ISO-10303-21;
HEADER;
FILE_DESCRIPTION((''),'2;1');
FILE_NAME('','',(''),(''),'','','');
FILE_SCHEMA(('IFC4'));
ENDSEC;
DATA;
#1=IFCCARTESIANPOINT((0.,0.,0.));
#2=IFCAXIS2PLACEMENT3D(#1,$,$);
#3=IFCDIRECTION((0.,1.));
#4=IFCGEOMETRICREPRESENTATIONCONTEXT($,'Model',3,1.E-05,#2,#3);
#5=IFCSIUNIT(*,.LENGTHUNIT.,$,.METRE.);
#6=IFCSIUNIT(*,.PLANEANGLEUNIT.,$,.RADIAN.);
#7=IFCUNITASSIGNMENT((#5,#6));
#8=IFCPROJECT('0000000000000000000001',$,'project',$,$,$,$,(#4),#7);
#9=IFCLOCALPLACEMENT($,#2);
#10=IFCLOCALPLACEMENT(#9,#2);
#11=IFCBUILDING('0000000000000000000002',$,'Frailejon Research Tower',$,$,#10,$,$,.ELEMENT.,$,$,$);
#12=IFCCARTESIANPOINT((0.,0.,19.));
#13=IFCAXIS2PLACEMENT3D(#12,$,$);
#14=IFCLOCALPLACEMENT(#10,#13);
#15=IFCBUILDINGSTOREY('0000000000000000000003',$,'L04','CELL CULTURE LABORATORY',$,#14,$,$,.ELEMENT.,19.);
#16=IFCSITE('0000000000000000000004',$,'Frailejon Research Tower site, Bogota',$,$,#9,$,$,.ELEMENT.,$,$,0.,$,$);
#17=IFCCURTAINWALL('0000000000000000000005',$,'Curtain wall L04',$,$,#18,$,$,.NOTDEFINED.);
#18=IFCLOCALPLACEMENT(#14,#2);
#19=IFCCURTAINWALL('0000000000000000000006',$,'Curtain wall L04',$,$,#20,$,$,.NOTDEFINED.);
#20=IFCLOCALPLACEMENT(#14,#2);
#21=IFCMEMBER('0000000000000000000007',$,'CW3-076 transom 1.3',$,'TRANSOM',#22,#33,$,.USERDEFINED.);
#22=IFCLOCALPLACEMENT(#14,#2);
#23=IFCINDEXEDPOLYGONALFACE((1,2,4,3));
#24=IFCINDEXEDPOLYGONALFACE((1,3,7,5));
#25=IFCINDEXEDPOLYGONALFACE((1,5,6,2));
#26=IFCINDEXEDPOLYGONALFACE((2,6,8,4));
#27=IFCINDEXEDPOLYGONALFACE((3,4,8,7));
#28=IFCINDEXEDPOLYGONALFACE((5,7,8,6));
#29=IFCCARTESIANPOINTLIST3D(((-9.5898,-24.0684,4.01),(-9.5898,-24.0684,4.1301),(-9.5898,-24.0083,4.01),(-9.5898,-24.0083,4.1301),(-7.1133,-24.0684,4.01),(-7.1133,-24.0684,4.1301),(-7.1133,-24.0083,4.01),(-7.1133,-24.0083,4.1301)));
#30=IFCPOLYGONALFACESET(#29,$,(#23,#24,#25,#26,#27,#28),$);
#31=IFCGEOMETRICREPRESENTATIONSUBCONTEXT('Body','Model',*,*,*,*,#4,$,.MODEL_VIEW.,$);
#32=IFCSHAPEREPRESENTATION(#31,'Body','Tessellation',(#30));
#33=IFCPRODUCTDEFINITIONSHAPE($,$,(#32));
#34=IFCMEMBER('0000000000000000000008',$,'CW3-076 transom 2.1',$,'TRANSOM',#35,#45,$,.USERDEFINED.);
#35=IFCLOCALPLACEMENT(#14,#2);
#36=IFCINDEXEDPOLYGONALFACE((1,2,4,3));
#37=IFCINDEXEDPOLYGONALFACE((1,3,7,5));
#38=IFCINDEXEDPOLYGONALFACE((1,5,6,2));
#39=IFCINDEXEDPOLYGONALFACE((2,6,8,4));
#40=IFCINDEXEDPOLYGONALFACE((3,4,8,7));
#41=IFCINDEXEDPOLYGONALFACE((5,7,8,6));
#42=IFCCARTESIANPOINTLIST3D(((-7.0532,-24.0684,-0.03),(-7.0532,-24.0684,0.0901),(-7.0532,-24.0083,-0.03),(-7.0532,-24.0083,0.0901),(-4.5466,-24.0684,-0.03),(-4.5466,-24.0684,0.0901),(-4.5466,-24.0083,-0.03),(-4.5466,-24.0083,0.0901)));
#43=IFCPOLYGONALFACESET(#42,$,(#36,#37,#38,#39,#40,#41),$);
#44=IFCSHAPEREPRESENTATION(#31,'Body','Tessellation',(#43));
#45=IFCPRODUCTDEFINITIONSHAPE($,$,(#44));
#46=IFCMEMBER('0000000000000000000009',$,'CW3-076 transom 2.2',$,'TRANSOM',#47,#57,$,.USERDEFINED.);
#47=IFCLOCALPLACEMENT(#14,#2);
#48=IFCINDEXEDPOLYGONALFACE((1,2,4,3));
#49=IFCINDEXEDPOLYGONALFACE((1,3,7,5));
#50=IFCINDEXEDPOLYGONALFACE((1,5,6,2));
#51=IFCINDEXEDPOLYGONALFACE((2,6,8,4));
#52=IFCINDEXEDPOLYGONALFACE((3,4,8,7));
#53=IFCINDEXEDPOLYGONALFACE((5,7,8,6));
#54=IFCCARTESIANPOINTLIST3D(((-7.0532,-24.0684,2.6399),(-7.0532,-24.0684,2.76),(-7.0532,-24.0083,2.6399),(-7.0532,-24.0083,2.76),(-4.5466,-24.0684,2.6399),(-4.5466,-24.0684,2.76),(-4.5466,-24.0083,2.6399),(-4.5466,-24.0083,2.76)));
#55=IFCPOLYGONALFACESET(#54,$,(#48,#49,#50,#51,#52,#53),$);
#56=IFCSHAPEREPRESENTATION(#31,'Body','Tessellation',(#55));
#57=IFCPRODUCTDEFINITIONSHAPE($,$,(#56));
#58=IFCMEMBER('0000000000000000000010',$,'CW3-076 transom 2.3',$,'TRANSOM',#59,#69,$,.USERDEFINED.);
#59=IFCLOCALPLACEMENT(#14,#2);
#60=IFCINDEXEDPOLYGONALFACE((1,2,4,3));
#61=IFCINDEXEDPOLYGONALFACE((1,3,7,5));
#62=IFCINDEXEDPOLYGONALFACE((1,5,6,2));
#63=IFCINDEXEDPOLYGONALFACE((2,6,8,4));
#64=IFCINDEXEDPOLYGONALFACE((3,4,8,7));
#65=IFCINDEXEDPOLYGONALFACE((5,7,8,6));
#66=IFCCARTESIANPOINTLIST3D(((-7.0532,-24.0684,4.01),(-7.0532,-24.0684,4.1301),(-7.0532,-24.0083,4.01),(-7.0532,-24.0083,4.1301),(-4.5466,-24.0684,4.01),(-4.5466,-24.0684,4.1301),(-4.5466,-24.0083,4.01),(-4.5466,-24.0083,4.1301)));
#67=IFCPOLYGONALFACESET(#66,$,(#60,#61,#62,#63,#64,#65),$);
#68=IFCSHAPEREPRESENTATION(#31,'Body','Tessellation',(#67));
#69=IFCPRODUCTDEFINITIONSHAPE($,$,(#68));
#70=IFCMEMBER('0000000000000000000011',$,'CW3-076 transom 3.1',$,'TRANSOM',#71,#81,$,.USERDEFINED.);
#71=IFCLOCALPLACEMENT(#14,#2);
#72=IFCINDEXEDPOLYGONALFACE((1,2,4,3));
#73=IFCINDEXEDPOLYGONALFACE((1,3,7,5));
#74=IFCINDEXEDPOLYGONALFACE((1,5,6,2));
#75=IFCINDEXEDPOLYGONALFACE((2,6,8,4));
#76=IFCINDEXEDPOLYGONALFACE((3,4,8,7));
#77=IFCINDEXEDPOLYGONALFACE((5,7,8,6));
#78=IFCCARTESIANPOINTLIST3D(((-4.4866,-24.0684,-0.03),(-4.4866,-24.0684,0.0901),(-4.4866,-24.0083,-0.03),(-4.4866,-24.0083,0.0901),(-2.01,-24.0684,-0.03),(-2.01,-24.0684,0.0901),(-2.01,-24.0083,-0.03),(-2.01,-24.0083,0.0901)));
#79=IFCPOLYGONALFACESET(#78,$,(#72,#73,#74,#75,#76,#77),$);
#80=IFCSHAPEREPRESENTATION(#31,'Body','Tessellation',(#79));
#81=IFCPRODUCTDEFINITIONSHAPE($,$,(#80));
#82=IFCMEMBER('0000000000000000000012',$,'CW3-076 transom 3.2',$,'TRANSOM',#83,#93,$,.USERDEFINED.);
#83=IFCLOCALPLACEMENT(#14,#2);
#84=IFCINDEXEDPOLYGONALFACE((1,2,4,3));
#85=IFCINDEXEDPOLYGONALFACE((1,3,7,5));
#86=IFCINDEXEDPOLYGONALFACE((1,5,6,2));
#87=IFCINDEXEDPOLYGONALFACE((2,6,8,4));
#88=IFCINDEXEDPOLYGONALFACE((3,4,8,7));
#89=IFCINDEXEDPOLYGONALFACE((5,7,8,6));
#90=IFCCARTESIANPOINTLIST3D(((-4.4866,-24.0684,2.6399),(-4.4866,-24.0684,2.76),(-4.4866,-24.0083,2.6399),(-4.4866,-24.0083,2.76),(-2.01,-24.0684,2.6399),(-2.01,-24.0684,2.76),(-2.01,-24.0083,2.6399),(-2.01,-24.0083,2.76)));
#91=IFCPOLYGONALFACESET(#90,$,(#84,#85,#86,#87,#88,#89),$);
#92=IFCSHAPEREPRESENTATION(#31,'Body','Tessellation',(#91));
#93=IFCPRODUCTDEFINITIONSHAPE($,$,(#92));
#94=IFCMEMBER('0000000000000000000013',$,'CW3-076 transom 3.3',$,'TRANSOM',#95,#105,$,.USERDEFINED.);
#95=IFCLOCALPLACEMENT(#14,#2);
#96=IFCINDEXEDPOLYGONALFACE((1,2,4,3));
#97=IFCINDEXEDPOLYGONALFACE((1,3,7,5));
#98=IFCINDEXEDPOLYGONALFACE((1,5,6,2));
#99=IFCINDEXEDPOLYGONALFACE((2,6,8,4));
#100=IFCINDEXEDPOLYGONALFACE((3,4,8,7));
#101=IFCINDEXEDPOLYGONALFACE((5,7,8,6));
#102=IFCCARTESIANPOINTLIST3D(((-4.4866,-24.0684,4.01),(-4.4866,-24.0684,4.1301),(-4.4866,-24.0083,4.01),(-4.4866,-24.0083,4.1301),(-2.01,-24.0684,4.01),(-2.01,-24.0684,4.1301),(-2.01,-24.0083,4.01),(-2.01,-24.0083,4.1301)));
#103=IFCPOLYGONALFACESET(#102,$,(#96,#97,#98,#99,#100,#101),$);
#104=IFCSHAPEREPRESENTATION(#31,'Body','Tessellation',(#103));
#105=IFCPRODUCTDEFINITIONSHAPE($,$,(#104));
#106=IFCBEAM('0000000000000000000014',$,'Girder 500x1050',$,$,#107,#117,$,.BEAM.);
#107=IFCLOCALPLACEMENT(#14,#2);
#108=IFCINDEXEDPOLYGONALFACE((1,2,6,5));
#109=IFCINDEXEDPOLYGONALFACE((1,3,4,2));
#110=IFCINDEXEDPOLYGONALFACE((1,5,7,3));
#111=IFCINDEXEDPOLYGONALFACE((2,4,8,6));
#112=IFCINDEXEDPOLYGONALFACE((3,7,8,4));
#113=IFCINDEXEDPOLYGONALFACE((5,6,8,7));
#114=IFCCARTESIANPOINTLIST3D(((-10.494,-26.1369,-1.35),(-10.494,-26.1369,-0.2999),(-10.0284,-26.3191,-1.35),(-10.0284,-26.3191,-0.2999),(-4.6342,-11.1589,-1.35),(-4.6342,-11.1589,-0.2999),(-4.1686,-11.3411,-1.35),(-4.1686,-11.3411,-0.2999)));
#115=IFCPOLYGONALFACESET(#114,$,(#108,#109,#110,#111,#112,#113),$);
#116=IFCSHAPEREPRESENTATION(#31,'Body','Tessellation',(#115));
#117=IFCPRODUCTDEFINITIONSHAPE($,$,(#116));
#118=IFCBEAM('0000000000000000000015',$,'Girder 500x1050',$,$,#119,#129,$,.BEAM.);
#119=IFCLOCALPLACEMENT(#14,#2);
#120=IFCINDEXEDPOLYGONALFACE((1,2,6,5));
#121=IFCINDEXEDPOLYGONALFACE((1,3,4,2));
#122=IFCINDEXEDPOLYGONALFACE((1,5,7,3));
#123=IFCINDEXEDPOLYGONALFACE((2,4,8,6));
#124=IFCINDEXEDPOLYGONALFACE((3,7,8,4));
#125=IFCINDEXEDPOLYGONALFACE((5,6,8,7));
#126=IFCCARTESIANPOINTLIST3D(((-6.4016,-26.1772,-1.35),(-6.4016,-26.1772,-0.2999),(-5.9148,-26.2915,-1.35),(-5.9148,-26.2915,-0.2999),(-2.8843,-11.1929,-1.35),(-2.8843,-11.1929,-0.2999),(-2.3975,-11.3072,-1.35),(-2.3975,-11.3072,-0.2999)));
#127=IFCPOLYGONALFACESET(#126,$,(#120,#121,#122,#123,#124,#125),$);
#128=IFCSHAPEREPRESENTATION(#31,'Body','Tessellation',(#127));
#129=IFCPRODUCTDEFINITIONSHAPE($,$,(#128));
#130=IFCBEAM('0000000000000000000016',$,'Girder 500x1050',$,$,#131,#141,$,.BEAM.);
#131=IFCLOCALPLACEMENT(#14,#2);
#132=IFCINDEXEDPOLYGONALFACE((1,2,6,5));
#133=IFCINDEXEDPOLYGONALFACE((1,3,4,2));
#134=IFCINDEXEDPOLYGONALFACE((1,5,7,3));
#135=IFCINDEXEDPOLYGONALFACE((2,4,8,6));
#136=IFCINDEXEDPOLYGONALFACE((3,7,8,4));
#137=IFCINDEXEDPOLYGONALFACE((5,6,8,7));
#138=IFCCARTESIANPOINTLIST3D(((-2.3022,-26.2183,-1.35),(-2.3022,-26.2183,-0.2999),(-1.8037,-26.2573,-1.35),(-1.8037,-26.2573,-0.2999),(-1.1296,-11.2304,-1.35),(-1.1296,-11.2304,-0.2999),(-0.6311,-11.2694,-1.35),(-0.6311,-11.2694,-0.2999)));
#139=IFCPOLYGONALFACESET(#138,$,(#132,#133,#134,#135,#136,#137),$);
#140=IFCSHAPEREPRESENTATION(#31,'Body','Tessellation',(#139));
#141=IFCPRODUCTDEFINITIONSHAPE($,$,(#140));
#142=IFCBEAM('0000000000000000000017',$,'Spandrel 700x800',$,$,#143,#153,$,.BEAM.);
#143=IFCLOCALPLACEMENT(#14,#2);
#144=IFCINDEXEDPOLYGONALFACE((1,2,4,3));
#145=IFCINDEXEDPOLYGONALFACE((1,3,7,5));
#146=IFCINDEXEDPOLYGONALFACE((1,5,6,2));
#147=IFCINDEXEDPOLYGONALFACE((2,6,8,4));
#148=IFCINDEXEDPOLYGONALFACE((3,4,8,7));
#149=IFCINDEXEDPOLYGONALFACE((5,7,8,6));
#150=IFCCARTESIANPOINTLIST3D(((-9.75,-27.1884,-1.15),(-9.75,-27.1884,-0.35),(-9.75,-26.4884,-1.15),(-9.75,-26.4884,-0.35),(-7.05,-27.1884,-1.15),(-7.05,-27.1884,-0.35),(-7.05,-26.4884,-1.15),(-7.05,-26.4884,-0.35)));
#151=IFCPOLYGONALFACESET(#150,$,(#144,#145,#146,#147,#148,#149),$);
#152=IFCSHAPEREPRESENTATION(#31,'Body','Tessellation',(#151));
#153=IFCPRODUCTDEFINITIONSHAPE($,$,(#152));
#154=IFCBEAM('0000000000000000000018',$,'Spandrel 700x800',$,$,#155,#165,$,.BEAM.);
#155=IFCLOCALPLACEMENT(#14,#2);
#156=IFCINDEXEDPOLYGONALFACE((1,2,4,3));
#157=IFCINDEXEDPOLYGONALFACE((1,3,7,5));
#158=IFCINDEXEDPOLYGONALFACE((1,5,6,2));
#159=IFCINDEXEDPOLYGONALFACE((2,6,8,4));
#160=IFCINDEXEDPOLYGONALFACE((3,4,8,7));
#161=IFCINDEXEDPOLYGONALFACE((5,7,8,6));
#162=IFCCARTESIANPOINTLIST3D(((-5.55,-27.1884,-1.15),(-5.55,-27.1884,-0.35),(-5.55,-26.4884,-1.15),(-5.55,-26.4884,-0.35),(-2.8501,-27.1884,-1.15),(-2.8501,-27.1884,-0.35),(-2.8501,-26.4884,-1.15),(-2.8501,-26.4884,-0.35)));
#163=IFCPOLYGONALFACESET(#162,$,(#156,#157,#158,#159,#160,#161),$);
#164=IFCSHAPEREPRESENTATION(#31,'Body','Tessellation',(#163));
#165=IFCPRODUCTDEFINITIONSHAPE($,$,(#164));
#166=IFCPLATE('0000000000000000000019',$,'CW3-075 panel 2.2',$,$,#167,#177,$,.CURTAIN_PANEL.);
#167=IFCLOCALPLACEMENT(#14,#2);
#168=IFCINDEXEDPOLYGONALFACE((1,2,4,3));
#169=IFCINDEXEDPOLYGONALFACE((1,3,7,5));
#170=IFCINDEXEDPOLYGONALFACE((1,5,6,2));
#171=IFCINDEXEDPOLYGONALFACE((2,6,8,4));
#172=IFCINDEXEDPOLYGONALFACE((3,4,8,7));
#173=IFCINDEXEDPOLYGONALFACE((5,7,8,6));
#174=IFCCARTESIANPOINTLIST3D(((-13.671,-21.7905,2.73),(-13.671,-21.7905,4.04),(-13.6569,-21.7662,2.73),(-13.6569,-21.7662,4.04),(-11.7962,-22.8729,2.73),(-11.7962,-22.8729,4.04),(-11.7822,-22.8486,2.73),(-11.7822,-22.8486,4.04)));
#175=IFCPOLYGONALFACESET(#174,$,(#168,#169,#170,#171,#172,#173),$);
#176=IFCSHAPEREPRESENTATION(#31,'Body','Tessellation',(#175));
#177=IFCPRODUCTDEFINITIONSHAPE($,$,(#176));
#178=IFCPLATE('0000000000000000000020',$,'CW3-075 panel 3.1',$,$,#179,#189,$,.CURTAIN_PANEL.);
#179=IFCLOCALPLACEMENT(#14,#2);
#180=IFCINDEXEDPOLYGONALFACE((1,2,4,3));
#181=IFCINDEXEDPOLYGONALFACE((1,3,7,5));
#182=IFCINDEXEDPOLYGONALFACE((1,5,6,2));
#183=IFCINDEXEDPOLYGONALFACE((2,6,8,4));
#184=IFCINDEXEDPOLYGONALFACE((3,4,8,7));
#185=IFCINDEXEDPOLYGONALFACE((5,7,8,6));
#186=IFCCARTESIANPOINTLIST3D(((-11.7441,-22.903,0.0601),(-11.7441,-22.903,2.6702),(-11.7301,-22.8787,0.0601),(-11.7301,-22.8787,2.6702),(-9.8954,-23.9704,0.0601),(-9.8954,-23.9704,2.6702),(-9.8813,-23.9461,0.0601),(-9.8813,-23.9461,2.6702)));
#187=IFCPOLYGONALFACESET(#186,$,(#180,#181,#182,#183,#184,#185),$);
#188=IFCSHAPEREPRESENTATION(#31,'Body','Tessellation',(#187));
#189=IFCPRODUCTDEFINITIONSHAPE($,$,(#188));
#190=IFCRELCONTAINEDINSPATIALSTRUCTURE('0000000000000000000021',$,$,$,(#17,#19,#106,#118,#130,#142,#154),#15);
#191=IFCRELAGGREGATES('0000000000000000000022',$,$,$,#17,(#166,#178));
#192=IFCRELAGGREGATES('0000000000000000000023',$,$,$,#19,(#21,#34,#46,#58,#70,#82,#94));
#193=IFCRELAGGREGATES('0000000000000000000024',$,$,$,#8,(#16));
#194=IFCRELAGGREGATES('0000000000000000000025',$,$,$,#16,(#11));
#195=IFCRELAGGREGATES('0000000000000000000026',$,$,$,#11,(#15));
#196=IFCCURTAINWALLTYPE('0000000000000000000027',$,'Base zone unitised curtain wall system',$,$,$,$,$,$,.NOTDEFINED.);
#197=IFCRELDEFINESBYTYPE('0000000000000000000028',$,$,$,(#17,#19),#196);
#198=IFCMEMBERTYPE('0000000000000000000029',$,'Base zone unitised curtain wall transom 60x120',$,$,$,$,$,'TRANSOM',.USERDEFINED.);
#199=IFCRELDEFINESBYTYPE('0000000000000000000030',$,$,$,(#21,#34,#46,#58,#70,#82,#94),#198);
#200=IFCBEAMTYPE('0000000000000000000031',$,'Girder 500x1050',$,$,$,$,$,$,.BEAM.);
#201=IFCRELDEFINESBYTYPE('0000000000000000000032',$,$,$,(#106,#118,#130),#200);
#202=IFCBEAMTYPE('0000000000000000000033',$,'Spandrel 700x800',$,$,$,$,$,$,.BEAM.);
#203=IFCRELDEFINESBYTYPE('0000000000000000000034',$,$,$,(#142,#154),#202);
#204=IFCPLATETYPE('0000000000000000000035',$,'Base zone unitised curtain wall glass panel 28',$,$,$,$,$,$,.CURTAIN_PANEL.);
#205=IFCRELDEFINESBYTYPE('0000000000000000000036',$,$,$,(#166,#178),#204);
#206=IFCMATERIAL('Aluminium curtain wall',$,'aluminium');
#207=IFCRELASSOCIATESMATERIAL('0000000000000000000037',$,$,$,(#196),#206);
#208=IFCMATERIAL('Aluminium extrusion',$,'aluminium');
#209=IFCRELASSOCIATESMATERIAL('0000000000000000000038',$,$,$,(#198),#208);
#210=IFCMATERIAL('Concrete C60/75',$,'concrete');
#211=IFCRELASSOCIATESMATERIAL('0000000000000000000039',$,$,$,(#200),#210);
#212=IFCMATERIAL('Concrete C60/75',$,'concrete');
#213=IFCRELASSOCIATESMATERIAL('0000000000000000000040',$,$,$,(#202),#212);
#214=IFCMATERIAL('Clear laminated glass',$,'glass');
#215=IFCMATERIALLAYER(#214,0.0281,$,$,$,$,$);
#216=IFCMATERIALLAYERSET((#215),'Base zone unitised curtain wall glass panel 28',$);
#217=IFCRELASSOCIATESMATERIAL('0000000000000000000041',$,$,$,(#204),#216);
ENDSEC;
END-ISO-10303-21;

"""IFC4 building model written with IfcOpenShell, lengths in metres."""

from ifc_helpers import new_model, si_unit, direction, frame, origin, origin_2d, place, context, subcontext, project, spatial, rectangle, extrude, material, layer, layer_set, material_profile, profile_set, type_object, element, aggregate, save


model = new_model("IFC4")

# Units and contexts
model_context = context("Model", 3, precision=1e-05, world=origin(), true_north=direction((0.0, 1.0)))
body_context = subcontext(model_context, "Body", "Model", "MODEL_VIEW")
ifc_project = project(units=[si_unit("LENGTHUNIT", "METRE"), si_unit("PLANEANGLEUNIT", "RADIAN")], contexts=[model_context])

# Site, building, storey
site_placement = place(None, origin())
site = spatial("IfcSite", under=ifc_project, at=site_placement, Name="Frailejon Research Tower site, Bogota", CompositionType="ELEMENT", RefElevation=0.0)
building_placement = place(site_placement, origin())
building = spatial("IfcBuilding", under=site, at=building_placement, Name="Frailejon Research Tower", CompositionType="ELEMENT")
storey_placement = place(building_placement, frame((0.0, 0.0, 19.0)))
storey = spatial("IfcBuildingStorey", under=building, at=storey_placement, Name="L04", Description="CELL CULTURE LABORATORY", CompositionType="ELEMENT", Elevation=19.0)

# Curtain walls
ifc_material_1 = material(Name="Aluminium curtain wall", Category="aluminium")
curtain_wall_type = type_object("IfcCurtainWallType", Name="Base zone unitised curtain wall system", PredefinedType="NOTDEFINED", material=ifc_material_1)
curtain_wall_1_placement = place(storey_placement, origin())
curtain_wall_1 = element("IfcCurtainWall", 1, at=curtain_wall_1_placement, inside=storey, type_object=curtain_wall_type, Name="Curtain wall L04", PredefinedType="NOTDEFINED")
curtain_wall_2_placement = place(storey_placement, origin())
curtain_wall_2 = element("IfcCurtainWall", 2, at=curtain_wall_2_placement, inside=storey, type_object=curtain_wall_type, Name="Curtain wall L04", PredefinedType="NOTDEFINED")

# Members
ifc_material_2 = material(Name="Aluminium extrusion", Category="aluminium")
ifc_material_profile_1 = material_profile(ifc_material_2, rectangle(XDim=0.0601, YDim=0.1201, at=origin_2d()), Name="Base zone unitised curtain wall transom 60x120")
ifc_profile_set_1 = profile_set([ifc_material_profile_1], Name="Aluminium extrusion")
member_type_1 = type_object("IfcMemberType", Name="Base zone unitised curtain wall transom 60x120", ElementType="TRANSOM", PredefinedType="USERDEFINED", material=ifc_profile_set_1)
member_1_placement = place(storey_placement, frame((-9.5898, -24.0383, 4.0701), z_axis=(1.0, 0.0, 0.0), x_axis=(0.0, 1.0, 0.0)))
member_1 = element("IfcMember", 3, at=member_1_placement, type_object=member_type_1, Name="CW3-076 transom 1.3", ObjectType="TRANSOM", PredefinedType="USERDEFINED", context=body_context, shape_type="SweptSolid", body=[
    extrude(rectangle(XDim=0.0601, YDim=0.1201, at=origin_2d()), origin(), (0.0, 0.0, 1.0), 2.4766),
])
member_2_placement = place(storey_placement, frame((-7.0532, -24.0383, 0.03), z_axis=(1.0, 0.0, 0.0), x_axis=(0.0, 1.0, 0.0)))
member_2 = element("IfcMember", 4, at=member_2_placement, type_object=member_type_1, Name="CW3-076 transom 2.1", ObjectType="TRANSOM", PredefinedType="USERDEFINED", context=body_context, shape_type="SweptSolid", body=[
    extrude(rectangle(XDim=0.0601, YDim=0.1201, at=origin_2d()), origin(), (0.0, 0.0, 1.0), 2.5066),
])
member_3_placement = place(storey_placement, frame((-7.0532, -24.0383, 2.7), z_axis=(1.0, 0.0, 0.0), x_axis=(0.0, 1.0, 0.0)))
member_3 = element("IfcMember", 5, at=member_3_placement, type_object=member_type_1, Name="CW3-076 transom 2.2", ObjectType="TRANSOM", PredefinedType="USERDEFINED", context=body_context, shape_type="SweptSolid", body=[
    extrude(rectangle(XDim=0.0601, YDim=0.1201, at=origin_2d()), origin(), (0.0, 0.0, 1.0), 2.5066),
])
member_4_placement = place(storey_placement, frame((-7.0532, -24.0383, 4.0701), z_axis=(1.0, 0.0, 0.0), x_axis=(0.0, 1.0, 0.0)))
member_4 = element("IfcMember", 6, at=member_4_placement, type_object=member_type_1, Name="CW3-076 transom 2.3", ObjectType="TRANSOM", PredefinedType="USERDEFINED", context=body_context, shape_type="SweptSolid", body=[
    extrude(rectangle(XDim=0.0601, YDim=0.1201, at=origin_2d()), origin(), (0.0, 0.0, 1.0), 2.5066),
])
member_5_placement = place(storey_placement, frame((-4.4866, -24.0383, 0.03), z_axis=(1.0, 0.0, 0.0), x_axis=(0.0, 1.0, 0.0)))
member_5 = element("IfcMember", 7, at=member_5_placement, type_object=member_type_1, Name="CW3-076 transom 3.1", ObjectType="TRANSOM", PredefinedType="USERDEFINED", context=body_context, shape_type="SweptSolid", body=[
    extrude(rectangle(XDim=0.0601, YDim=0.1201, at=origin_2d()), origin(), (0.0, 0.0, 1.0), 2.4766),
])
member_6_placement = place(storey_placement, frame((-4.4866, -24.0383, 2.7), z_axis=(1.0, 0.0, 0.0), x_axis=(0.0, 1.0, 0.0)))
member_6 = element("IfcMember", 8, at=member_6_placement, type_object=member_type_1, Name="CW3-076 transom 3.2", ObjectType="TRANSOM", PredefinedType="USERDEFINED", context=body_context, shape_type="SweptSolid", body=[
    extrude(rectangle(XDim=0.0601, YDim=0.1201, at=origin_2d()), origin(), (0.0, 0.0, 1.0), 2.4766),
])
member_7_placement = place(storey_placement, frame((-4.4866, -24.0383, 4.0701), z_axis=(1.0, 0.0, 0.0), x_axis=(0.0, 1.0, 0.0)))
member_7 = element("IfcMember", 9, at=member_7_placement, type_object=member_type_1, Name="CW3-076 transom 3.3", ObjectType="TRANSOM", PredefinedType="USERDEFINED", context=body_context, shape_type="SweptSolid", body=[
    extrude(rectangle(XDim=0.0601, YDim=0.1201, at=origin_2d()), origin(), (0.0, 0.0, 1.0), 2.4766),
])

# Beams
ifc_material_3 = material(Name="Concrete C60/75", Category="concrete")
ifc_material_profile_2 = material_profile(ifc_material_3, rectangle(XDim=0.5, YDim=1.05, at=origin_2d()), Name="Girder 500x1050")
ifc_profile_set_2 = profile_set([ifc_material_profile_2], Name="Concrete C60/75")
beam_type_1 = type_object("IfcBeamType", Name="Girder 500x1050", PredefinedType="BEAM", material=ifc_profile_set_2)
beam_1_placement = place(storey_placement, frame((-10.2612, -26.228, -0.825), z_axis=(0.36434, 0.931266, 0.0), x_axis=(-0.931266, 0.36434, 0.0)))
element("IfcBeam", 10, at=beam_1_placement, inside=storey, type_object=beam_type_1, Name="Girder 500x1050", PredefinedType="BEAM", context=body_context, shape_type="SweptSolid", body=[
    extrude(rectangle(XDim=0.5, YDim=1.05, at=origin_2d()), origin(), (0.0, 0.0, 1.0), 16.0835),
])
beam_2_placement = place(storey_placement, frame((-6.1582, -26.2344, -0.825), z_axis=(0.228522, 0.973539, 0.0), x_axis=(-0.973539, 0.228522, 0.0)))
element("IfcBeam", 11, at=beam_2_placement, inside=storey, type_object=beam_type_1, Name="Girder 500x1050", PredefinedType="BEAM", context=body_context, shape_type="SweptSolid", body=[
    extrude(rectangle(XDim=0.5, YDim=1.05, at=origin_2d()), origin(), (0.0, 0.0, 1.0), 15.3916),
])
beam_3_placement = place(storey_placement, frame((-2.053, -26.2378, -0.825), z_axis=(0.077999, 0.996953, 0.0), x_axis=(-0.996953, 0.077999, 0.0)))
element("IfcBeam", 12, at=beam_3_placement, inside=storey, type_object=beam_type_1, Name="Girder 500x1050", PredefinedType="BEAM", context=body_context, shape_type="SweptSolid", body=[
    extrude(rectangle(XDim=0.5, YDim=1.05, at=origin_2d()), origin(), (0.0, 0.0, 1.0), 15.0337),
])
ifc_material_4 = material(Name="Concrete C60/75", Category="concrete")
ifc_material_profile_3 = material_profile(ifc_material_4, rectangle(XDim=0.7, YDim=0.8, at=origin_2d()), Name="Spandrel 700x800")
ifc_profile_set_3 = profile_set([ifc_material_profile_3], Name="Concrete C60/75")
beam_type_2 = type_object("IfcBeamType", Name="Spandrel 700x800", PredefinedType="BEAM", material=ifc_profile_set_3)
for number, where, z_axis, x_axis, name in (
    (13, (-9.75, -26.8384, -0.75), (1.0, 0.0, 0.0), (0.0, 1.0, 0.0), "Spandrel 700x800"),
    (14, (-5.55, -26.8384, -0.75), (1.0, 0.0, 0.0), (0.0, 1.0, 0.0), "Spandrel 700x800"),
):
    element("IfcBeam", number, at=place(storey_placement, frame(where, z_axis=z_axis, x_axis=x_axis)), inside=storey, type_object=beam_type_2, Name=name, PredefinedType="BEAM", context=body_context, shape_type="SweptSolid", body=[
        extrude(rectangle(XDim=0.7, YDim=0.8, at=origin_2d()), origin(), (0.0, 0.0, 1.0), 2.7),
    ])

# Plates
ifc_material_5 = material(Name="Clear laminated glass", Category="glass")
ifc_layer_1 = layer(ifc_material_5, 0.0281)
ifc_layer_set_1 = layer_set([ifc_layer_1], Name="Base zone unitised curtain wall glass panel 28")
plate_type = type_object("IfcPlateType", Name="Base zone unitised curtain wall glass panel 28", PredefinedType="CURTAIN_PANEL", material=ifc_layer_set_1)
plate_1_placement = place(storey_placement, frame((-12.7266, -22.3196, 2.73), z_axis=(0.0, 0.0, 1.0), x_axis=(0.866026, -0.499998, 0.0)))
plate_1 = element("IfcPlate", 15, at=plate_1_placement, type_object=plate_type, Name="CW3-075 panel 2.2", PredefinedType="CURTAIN_PANEL", context=body_context, shape_type="SweptSolid", body=[
    extrude(rectangle(XDim=2.1648, YDim=0.0281, at=origin_2d()), origin(), (0.0, 0.0, 1.0), 1.3101),
])
plate_2_placement = place(storey_placement, frame((-10.8127, -23.4246, 0.0601), z_axis=(0.0, 0.0, 1.0), x_axis=(0.866026, -0.499998, 0.0)))
plate_2 = element("IfcPlate", 16, at=plate_2_placement, type_object=plate_type, Name="CW3-075 panel 3.1", PredefinedType="CURTAIN_PANEL", context=body_context, shape_type="SweptSolid", body=[
    extrude(rectangle(XDim=2.1348, YDim=0.0281, at=origin_2d()), origin(), (0.0, 0.0, 1.0), 2.6101),
])
aggregate(curtain_wall_1, [plate_1, plate_2])
aggregate(curtain_wall_2, [member_1, member_2, member_3, member_4, member_5, member_6, member_7])

save(model, "model.ifc")
